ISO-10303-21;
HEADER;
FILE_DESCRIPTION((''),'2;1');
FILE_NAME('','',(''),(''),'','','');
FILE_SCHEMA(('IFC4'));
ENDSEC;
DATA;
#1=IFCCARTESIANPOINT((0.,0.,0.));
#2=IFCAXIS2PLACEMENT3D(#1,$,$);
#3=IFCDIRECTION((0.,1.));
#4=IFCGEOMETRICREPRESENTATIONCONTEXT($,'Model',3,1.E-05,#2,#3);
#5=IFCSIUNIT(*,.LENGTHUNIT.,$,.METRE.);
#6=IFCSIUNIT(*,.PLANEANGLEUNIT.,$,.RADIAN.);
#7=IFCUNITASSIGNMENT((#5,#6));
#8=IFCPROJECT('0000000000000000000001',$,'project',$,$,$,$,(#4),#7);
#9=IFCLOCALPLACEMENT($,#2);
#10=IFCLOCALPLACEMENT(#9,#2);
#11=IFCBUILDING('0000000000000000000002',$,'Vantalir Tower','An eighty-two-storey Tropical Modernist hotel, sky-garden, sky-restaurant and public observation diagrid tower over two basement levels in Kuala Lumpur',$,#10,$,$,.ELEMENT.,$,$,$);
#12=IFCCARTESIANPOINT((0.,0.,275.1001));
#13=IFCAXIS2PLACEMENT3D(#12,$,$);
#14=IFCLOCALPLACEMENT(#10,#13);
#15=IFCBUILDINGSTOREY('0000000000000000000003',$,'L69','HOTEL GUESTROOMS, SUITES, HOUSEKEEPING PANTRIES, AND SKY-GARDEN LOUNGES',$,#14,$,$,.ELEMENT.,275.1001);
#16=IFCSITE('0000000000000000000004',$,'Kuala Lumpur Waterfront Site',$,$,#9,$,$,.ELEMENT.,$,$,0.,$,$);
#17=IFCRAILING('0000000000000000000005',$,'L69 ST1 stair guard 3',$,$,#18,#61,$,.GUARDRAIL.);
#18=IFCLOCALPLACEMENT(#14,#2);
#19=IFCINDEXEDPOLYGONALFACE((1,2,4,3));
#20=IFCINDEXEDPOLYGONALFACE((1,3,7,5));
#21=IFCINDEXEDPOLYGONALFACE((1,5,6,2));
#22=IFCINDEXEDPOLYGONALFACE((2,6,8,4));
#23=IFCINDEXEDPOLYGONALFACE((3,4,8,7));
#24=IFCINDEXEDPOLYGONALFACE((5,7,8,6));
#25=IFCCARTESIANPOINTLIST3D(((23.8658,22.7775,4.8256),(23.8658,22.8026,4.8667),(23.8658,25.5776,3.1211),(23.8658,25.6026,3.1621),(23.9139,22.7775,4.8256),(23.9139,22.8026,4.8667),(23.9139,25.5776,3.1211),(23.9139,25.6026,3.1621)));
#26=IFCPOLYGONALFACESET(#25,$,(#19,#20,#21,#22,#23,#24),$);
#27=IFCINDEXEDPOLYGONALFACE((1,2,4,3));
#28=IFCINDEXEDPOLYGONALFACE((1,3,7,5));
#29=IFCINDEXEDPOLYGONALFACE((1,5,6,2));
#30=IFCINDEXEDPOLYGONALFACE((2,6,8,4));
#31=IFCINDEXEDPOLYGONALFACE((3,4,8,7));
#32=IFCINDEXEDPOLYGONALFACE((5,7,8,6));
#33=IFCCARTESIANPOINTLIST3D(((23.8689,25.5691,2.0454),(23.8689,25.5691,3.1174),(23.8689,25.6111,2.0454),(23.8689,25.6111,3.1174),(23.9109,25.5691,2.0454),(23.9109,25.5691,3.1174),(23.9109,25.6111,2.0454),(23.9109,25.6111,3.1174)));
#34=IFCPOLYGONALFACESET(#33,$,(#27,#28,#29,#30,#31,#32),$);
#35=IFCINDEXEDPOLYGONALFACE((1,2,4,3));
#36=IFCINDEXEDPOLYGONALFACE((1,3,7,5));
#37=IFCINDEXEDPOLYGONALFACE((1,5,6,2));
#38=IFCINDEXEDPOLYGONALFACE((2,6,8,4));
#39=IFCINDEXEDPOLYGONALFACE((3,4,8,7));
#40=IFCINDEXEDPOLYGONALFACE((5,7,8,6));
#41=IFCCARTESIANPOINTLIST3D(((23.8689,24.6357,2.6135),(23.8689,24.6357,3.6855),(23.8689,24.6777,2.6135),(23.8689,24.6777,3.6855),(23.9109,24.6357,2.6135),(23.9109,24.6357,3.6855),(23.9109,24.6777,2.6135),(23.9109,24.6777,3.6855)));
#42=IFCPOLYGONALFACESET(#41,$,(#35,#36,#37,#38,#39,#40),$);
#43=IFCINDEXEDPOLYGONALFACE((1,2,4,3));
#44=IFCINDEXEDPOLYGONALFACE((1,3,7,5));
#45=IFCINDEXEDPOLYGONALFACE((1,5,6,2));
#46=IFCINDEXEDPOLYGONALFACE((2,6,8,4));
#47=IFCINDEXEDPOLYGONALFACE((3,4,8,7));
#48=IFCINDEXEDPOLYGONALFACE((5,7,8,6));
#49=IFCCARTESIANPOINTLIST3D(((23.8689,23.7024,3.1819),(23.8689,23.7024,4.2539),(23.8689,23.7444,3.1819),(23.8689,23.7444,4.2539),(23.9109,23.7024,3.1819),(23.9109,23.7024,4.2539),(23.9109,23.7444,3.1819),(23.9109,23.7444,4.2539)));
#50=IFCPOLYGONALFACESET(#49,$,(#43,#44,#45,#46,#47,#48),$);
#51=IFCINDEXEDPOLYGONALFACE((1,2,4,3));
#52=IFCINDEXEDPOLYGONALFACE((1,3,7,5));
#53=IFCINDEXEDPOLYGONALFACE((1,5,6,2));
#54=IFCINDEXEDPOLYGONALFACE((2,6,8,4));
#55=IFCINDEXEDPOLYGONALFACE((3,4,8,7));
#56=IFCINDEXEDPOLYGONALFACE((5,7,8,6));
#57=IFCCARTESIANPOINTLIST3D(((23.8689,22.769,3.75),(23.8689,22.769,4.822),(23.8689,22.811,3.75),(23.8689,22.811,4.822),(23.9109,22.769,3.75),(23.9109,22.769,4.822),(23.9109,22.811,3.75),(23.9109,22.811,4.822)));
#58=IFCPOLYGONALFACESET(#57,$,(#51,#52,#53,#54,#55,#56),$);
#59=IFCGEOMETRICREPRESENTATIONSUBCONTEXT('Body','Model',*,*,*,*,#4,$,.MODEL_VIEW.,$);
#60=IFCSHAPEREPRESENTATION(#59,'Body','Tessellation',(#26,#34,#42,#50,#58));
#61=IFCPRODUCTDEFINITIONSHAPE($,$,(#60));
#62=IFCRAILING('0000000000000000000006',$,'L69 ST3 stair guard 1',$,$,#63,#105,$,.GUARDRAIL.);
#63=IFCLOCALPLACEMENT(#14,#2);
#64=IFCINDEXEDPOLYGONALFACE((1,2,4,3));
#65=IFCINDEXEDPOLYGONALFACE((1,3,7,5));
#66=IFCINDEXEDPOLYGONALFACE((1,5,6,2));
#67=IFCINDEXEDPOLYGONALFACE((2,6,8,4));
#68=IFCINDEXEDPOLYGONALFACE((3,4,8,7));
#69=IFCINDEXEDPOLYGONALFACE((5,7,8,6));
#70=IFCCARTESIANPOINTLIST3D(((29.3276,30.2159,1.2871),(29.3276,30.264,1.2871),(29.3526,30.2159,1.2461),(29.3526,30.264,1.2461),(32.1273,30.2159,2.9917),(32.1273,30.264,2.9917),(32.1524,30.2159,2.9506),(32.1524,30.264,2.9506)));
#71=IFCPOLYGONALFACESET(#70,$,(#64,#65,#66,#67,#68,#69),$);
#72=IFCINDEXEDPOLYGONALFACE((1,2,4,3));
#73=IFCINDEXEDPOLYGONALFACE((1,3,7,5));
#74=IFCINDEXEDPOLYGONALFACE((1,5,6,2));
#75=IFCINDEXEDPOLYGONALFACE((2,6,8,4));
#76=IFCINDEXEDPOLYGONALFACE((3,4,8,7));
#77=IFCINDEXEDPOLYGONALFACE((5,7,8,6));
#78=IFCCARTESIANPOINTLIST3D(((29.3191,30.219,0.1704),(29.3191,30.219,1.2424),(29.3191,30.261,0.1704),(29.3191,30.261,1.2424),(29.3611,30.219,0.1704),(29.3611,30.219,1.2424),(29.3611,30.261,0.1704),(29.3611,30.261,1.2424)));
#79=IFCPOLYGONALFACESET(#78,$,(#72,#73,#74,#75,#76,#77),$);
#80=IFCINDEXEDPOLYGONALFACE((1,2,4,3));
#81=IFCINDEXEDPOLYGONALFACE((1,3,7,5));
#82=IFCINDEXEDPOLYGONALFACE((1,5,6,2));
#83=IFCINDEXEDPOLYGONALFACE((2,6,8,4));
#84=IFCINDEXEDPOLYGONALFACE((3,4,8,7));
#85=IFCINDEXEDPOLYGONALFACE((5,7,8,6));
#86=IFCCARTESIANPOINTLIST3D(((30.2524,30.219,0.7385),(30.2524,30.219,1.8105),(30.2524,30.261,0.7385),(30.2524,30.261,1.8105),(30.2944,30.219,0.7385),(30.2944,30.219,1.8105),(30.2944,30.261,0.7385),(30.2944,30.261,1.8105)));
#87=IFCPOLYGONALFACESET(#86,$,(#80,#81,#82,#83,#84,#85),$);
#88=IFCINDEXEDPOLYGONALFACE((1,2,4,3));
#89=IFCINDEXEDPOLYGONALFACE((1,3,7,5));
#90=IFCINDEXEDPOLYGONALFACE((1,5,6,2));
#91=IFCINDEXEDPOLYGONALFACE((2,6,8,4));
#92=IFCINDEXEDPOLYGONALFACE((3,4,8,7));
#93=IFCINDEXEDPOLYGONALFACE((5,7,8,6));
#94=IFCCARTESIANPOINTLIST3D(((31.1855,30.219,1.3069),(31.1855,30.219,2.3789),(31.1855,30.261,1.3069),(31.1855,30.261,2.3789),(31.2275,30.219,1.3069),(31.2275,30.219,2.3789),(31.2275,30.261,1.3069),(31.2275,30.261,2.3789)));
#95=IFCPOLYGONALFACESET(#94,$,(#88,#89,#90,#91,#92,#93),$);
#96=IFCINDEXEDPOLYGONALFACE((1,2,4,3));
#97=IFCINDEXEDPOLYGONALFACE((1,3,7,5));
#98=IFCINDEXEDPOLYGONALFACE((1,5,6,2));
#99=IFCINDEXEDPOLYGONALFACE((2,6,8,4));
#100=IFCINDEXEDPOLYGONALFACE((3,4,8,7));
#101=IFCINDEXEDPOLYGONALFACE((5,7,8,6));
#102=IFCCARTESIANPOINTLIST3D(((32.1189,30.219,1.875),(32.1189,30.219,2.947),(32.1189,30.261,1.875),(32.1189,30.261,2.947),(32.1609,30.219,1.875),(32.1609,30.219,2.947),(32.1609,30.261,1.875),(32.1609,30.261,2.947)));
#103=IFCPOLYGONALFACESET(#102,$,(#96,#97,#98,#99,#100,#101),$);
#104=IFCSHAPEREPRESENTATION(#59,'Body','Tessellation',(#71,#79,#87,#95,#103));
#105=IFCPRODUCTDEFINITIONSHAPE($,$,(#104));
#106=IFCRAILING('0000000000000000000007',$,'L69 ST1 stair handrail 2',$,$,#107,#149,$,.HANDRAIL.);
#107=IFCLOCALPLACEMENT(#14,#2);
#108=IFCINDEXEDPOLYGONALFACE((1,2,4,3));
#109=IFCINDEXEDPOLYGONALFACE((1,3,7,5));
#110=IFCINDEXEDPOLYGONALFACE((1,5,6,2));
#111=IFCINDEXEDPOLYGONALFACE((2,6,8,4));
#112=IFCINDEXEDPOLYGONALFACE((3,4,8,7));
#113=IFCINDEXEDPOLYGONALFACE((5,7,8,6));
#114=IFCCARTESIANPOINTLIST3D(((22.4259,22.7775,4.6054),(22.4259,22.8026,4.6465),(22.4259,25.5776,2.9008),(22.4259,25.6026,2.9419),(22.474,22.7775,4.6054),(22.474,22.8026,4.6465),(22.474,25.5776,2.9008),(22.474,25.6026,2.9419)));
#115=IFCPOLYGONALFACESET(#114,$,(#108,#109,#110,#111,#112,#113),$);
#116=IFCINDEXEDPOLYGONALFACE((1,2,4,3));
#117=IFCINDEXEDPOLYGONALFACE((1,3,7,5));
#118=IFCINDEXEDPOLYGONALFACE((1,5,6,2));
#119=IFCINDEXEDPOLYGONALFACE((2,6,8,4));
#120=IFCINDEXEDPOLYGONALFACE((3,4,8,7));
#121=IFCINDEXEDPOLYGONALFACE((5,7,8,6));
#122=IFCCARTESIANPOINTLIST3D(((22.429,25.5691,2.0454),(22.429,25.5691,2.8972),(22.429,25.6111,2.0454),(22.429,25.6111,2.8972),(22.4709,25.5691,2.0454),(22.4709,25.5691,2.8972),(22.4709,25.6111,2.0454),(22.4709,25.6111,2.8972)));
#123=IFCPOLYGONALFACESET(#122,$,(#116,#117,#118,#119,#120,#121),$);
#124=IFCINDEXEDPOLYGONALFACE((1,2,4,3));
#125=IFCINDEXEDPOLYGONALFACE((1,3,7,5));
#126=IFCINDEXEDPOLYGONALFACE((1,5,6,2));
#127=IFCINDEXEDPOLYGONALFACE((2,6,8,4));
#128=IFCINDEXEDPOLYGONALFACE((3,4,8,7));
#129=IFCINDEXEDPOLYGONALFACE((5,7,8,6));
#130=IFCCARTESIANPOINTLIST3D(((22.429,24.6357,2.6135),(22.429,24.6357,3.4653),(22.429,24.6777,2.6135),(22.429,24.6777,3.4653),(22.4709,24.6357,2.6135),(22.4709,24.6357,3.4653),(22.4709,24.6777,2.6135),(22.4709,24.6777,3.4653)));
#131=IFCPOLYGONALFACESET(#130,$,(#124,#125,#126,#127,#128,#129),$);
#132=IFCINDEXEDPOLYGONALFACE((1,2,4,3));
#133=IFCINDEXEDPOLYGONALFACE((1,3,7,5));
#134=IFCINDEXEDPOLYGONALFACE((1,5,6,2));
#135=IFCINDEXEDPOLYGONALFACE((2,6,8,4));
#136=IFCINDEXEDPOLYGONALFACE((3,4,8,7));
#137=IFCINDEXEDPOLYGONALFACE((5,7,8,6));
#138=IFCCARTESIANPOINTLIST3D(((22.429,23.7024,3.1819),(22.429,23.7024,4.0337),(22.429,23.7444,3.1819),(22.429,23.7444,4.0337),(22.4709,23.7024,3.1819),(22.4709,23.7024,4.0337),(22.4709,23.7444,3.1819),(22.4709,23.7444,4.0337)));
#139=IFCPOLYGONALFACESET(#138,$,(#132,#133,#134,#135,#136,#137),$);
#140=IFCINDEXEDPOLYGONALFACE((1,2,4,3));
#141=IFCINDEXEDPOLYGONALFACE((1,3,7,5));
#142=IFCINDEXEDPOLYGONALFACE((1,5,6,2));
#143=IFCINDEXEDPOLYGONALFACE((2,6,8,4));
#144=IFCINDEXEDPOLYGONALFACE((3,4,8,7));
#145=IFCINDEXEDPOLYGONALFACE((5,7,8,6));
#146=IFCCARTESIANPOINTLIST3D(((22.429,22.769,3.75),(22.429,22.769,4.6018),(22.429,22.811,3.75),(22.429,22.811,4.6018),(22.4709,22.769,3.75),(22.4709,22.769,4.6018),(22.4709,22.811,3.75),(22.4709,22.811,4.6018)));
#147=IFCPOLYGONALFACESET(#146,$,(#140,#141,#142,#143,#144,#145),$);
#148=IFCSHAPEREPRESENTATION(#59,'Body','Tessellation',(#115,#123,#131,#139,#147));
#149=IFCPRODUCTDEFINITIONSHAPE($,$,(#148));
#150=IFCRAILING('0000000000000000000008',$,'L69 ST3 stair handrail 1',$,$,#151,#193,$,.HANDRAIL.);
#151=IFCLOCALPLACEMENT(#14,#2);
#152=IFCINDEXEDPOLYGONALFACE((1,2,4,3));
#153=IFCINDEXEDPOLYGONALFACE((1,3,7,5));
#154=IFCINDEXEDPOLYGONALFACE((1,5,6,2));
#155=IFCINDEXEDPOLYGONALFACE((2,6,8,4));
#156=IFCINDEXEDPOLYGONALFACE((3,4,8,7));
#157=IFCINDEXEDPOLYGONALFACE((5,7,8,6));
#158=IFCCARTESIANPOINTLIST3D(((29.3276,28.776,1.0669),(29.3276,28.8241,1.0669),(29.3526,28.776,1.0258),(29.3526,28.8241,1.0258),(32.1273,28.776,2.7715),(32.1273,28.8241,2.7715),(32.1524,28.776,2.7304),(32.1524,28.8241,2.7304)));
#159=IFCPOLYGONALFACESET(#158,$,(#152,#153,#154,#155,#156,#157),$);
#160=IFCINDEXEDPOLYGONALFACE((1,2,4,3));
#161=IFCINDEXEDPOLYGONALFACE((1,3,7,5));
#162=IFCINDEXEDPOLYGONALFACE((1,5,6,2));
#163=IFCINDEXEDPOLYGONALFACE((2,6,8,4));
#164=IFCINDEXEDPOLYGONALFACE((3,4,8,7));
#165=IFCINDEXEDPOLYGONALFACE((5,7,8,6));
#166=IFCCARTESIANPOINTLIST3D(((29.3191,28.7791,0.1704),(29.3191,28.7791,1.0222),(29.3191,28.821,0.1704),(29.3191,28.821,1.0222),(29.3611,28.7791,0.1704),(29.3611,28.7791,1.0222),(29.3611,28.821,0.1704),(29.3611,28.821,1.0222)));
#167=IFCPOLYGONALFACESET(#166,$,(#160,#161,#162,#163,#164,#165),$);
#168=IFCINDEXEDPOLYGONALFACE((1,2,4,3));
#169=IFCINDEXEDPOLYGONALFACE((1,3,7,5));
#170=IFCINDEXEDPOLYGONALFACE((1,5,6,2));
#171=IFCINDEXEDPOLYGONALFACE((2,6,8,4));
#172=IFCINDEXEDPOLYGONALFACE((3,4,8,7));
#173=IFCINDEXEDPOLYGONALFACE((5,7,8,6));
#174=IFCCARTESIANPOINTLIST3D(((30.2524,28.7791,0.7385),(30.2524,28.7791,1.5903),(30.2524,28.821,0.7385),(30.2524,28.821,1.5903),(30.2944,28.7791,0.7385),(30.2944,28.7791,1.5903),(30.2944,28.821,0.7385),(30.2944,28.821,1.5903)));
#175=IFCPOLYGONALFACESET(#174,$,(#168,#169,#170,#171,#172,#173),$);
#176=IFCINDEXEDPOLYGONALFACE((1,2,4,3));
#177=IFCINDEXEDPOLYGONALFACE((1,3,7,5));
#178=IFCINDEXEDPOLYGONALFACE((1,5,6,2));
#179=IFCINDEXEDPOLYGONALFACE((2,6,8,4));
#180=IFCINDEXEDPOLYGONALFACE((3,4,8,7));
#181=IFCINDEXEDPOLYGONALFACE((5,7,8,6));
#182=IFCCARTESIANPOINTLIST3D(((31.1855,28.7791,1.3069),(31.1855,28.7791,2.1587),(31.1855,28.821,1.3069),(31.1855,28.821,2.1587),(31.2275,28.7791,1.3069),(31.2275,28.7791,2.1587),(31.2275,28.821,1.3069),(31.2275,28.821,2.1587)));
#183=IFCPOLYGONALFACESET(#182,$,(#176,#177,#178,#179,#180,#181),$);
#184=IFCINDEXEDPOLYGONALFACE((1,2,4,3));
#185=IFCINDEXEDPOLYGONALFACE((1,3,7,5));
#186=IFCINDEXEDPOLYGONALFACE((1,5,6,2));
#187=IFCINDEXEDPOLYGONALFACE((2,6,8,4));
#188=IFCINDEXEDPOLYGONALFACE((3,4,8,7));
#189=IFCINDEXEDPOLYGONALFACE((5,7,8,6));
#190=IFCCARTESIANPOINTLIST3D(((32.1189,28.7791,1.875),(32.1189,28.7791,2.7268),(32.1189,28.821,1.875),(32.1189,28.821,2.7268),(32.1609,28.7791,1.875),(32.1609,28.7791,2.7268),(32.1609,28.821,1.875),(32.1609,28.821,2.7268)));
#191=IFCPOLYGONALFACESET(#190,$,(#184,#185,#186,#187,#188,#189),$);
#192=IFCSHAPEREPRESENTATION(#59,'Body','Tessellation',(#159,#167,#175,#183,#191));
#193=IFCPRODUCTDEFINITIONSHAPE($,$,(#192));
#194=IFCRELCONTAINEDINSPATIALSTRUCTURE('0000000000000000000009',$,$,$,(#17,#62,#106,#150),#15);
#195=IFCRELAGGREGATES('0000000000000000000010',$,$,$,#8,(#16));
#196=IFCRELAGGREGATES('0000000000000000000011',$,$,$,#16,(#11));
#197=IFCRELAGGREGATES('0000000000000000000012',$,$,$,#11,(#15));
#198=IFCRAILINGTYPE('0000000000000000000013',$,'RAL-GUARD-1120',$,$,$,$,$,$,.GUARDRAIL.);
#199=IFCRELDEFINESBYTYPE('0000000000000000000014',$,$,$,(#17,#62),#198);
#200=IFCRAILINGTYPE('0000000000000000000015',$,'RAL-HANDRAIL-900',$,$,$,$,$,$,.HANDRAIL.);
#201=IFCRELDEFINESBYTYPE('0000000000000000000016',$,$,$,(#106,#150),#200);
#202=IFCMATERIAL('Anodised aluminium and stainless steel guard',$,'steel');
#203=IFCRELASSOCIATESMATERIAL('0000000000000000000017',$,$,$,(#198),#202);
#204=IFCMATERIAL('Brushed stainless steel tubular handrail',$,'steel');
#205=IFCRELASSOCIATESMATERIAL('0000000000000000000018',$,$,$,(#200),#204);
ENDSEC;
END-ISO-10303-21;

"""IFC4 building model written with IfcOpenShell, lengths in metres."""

from ifc_helpers import new_model, si_unit, direction, frame, origin, origin_2d, place, context, subcontext, project, spatial, rectangle, extrude, material, type_object, element, save


model = new_model("IFC4")

# Units and contexts
model_context = context("Model", 3, precision=1e-05, world=origin(), true_north=direction((0.0, 1.0)))
body_context = subcontext(model_context, "Body", "Model", "MODEL_VIEW")
ifc_project = project(units=[si_unit("LENGTHUNIT", "METRE"), si_unit("PLANEANGLEUNIT", "RADIAN")], contexts=[model_context])

# Site, building, storey
site_placement = place(None, origin())
site = spatial("IfcSite", under=ifc_project, at=site_placement, Name="Kuala Lumpur Waterfront Site", CompositionType="ELEMENT", RefElevation=0.0)
building_placement = place(site_placement, origin())
building = spatial("IfcBuilding", under=site, at=building_placement, Name="Vantalir Tower", Description="An eighty-two-storey Tropical Modernist hotel, sky-garden, sky-restaurant and public observation diagrid tower over two basement levels in Kuala Lumpur", CompositionType="ELEMENT")
storey_placement = place(building_placement, frame((0.0, 0.0, 275.1001)))
storey = spatial("IfcBuildingStorey", under=building, at=storey_placement, Name="L69", Description="HOTEL GUESTROOMS, SUITES, HOUSEKEEPING PANTRIES, AND SKY-GARDEN LOUNGES", CompositionType="ELEMENT", Elevation=275.1001)

# Railings
ifc_material_1 = material(Name="Anodised aluminium and stainless steel guard", Category="steel")
railing_type_1 = type_object("IfcRailingType", Name="RAL-GUARD-1120", PredefinedType="GUARDRAIL", material=ifc_material_1)
railing_1_placement = place(storey_placement, frame((23.8899, 25.5901, 2.0454)))
element("IfcRailing", 1, at=railing_1_placement, inside=storey, type_object=railing_type_1, Name="L69 ST1 stair guard 3", PredefinedType="GUARDRAIL", context=body_context, shape_type="SweptSolid", body=[
    extrude(rectangle(XDim=0.0481, YDim=0.0481, at=origin_2d()), frame((0.0, 0.0, 1.0962), z_axis=(0.0, -0.85417, 0.519994), x_axis=(1.0, 0.0, 0.0)), (0.0, 0.0, 1.0), 3.2781),
    extrude(rectangle(XDim=0.042, YDim=0.042, at=origin_2d()), origin(), (0.0, 0.0, 1.0), 1.072),
    extrude(rectangle(XDim=0.042, YDim=0.042, at=origin_2d()), frame((0.0, -0.9333, 0.5681)), (0.0, 0.0, 1.0), 1.072),
    extrude(rectangle(XDim=0.042, YDim=0.042, at=origin_2d()), frame((0.0, -1.8667, 1.1365)), (0.0, 0.0, 1.0), 1.072),
    extrude(rectangle(XDim=0.042, YDim=0.042, at=origin_2d()), frame((0.0, -2.8, 1.7046)), (0.0, 0.0, 1.0), 1.072),
])
railing_2_placement = place(storey_placement, frame((29.3401, 30.24, 0.1704)))
element("IfcRailing", 2, at=railing_2_placement, inside=storey, type_object=railing_type_1, Name="L69 ST3 stair guard 1", PredefinedType="GUARDRAIL", context=body_context, shape_type="SweptSolid", body=[
    extrude(rectangle(XDim=0.0481, YDim=0.0481, at=origin_2d()), frame((0.0, 0.0, 1.0962), z_axis=(0.85415, 0.0, 0.520027), x_axis=(0.0, 1.0, 0.0)), (0.0, 0.0, 1.0), 3.2778),
    extrude(rectangle(XDim=0.042, YDim=0.042, at=origin_2d()), origin(), (0.0, 0.0, 1.0), 1.072),
    extrude(rectangle(XDim=0.042, YDim=0.042, at=origin_2d()), frame((0.9333, 0.0, 0.5681)), (0.0, 0.0, 1.0), 1.072),
    extrude(rectangle(XDim=0.042, YDim=0.042, at=origin_2d()), frame((1.8665, 0.0, 1.1365)), (0.0, 0.0, 1.0), 1.072),
    extrude(rectangle(XDim=0.042, YDim=0.042, at=origin_2d()), frame((2.7998, 0.0, 1.7046)), (0.0, 0.0, 1.0), 1.072),
])
ifc_material_2 = material(Name="Brushed stainless steel tubular handrail", Category="steel")
railing_type_2 = type_object("IfcRailingType", Name="RAL-HANDRAIL-900", PredefinedType="HANDRAIL", material=ifc_material_2)
railing_3_placement = place(storey_placement, frame((22.45, 25.5901, 2.0454)))
element("IfcRailing", 3, at=railing_3_placement, inside=storey, type_object=railing_type_2, Name="L69 ST1 stair handrail 2", PredefinedType="HANDRAIL", context=body_context, shape_type="SweptSolid", body=[
    extrude(rectangle(XDim=0.0481, YDim=0.0481, at=origin_2d()), frame((0.0, 0.0, 0.876), z_axis=(0.0, -0.85417, 0.519994), x_axis=(1.0, 0.0, 0.0)), (0.0, 0.0, 1.0), 3.2781),
    extrude(rectangle(XDim=0.042, YDim=0.042, at=origin_2d()), origin(), (0.0, 0.0, 1.0), 0.8518),
    extrude(rectangle(XDim=0.042, YDim=0.042, at=origin_2d()), frame((0.0, -0.9333, 0.5681)), (0.0, 0.0, 1.0), 0.8518),
    extrude(rectangle(XDim=0.042, YDim=0.042, at=origin_2d()), frame((0.0, -1.8667, 1.1365)), (0.0, 0.0, 1.0), 0.8518),
    extrude(rectangle(XDim=0.042, YDim=0.042, at=origin_2d()), frame((0.0, -2.8, 1.7046)), (0.0, 0.0, 1.0), 0.8518),
])
railing_4_placement = place(storey_placement, frame((29.3401, 28.8, 0.1704)))
element("IfcRailing", 4, at=railing_4_placement, inside=storey, type_object=railing_type_2, Name="L69 ST3 stair handrail 1", PredefinedType="HANDRAIL", context=body_context, shape_type="SweptSolid", body=[
    extrude(rectangle(XDim=0.0481, YDim=0.0481, at=origin_2d()), frame((0.0, 0.0, 0.876), z_axis=(0.85415, 0.0, 0.520027), x_axis=(0.0, 1.0, 0.0)), (0.0, 0.0, 1.0), 3.2778),
    extrude(rectangle(XDim=0.042, YDim=0.042, at=origin_2d()), origin(), (0.0, 0.0, 1.0), 0.8518),
    extrude(rectangle(XDim=0.042, YDim=0.042, at=origin_2d()), frame((0.9333, 0.0, 0.5681)), (0.0, 0.0, 1.0), 0.8518),
    extrude(rectangle(XDim=0.042, YDim=0.042, at=origin_2d()), frame((1.8665, 0.0, 1.1365)), (0.0, 0.0, 1.0), 0.8518),
    extrude(rectangle(XDim=0.042, YDim=0.042, at=origin_2d()), frame((2.7998, 0.0, 1.7046)), (0.0, 0.0, 1.0), 0.8518),
])

save(model, "model.ifc")
